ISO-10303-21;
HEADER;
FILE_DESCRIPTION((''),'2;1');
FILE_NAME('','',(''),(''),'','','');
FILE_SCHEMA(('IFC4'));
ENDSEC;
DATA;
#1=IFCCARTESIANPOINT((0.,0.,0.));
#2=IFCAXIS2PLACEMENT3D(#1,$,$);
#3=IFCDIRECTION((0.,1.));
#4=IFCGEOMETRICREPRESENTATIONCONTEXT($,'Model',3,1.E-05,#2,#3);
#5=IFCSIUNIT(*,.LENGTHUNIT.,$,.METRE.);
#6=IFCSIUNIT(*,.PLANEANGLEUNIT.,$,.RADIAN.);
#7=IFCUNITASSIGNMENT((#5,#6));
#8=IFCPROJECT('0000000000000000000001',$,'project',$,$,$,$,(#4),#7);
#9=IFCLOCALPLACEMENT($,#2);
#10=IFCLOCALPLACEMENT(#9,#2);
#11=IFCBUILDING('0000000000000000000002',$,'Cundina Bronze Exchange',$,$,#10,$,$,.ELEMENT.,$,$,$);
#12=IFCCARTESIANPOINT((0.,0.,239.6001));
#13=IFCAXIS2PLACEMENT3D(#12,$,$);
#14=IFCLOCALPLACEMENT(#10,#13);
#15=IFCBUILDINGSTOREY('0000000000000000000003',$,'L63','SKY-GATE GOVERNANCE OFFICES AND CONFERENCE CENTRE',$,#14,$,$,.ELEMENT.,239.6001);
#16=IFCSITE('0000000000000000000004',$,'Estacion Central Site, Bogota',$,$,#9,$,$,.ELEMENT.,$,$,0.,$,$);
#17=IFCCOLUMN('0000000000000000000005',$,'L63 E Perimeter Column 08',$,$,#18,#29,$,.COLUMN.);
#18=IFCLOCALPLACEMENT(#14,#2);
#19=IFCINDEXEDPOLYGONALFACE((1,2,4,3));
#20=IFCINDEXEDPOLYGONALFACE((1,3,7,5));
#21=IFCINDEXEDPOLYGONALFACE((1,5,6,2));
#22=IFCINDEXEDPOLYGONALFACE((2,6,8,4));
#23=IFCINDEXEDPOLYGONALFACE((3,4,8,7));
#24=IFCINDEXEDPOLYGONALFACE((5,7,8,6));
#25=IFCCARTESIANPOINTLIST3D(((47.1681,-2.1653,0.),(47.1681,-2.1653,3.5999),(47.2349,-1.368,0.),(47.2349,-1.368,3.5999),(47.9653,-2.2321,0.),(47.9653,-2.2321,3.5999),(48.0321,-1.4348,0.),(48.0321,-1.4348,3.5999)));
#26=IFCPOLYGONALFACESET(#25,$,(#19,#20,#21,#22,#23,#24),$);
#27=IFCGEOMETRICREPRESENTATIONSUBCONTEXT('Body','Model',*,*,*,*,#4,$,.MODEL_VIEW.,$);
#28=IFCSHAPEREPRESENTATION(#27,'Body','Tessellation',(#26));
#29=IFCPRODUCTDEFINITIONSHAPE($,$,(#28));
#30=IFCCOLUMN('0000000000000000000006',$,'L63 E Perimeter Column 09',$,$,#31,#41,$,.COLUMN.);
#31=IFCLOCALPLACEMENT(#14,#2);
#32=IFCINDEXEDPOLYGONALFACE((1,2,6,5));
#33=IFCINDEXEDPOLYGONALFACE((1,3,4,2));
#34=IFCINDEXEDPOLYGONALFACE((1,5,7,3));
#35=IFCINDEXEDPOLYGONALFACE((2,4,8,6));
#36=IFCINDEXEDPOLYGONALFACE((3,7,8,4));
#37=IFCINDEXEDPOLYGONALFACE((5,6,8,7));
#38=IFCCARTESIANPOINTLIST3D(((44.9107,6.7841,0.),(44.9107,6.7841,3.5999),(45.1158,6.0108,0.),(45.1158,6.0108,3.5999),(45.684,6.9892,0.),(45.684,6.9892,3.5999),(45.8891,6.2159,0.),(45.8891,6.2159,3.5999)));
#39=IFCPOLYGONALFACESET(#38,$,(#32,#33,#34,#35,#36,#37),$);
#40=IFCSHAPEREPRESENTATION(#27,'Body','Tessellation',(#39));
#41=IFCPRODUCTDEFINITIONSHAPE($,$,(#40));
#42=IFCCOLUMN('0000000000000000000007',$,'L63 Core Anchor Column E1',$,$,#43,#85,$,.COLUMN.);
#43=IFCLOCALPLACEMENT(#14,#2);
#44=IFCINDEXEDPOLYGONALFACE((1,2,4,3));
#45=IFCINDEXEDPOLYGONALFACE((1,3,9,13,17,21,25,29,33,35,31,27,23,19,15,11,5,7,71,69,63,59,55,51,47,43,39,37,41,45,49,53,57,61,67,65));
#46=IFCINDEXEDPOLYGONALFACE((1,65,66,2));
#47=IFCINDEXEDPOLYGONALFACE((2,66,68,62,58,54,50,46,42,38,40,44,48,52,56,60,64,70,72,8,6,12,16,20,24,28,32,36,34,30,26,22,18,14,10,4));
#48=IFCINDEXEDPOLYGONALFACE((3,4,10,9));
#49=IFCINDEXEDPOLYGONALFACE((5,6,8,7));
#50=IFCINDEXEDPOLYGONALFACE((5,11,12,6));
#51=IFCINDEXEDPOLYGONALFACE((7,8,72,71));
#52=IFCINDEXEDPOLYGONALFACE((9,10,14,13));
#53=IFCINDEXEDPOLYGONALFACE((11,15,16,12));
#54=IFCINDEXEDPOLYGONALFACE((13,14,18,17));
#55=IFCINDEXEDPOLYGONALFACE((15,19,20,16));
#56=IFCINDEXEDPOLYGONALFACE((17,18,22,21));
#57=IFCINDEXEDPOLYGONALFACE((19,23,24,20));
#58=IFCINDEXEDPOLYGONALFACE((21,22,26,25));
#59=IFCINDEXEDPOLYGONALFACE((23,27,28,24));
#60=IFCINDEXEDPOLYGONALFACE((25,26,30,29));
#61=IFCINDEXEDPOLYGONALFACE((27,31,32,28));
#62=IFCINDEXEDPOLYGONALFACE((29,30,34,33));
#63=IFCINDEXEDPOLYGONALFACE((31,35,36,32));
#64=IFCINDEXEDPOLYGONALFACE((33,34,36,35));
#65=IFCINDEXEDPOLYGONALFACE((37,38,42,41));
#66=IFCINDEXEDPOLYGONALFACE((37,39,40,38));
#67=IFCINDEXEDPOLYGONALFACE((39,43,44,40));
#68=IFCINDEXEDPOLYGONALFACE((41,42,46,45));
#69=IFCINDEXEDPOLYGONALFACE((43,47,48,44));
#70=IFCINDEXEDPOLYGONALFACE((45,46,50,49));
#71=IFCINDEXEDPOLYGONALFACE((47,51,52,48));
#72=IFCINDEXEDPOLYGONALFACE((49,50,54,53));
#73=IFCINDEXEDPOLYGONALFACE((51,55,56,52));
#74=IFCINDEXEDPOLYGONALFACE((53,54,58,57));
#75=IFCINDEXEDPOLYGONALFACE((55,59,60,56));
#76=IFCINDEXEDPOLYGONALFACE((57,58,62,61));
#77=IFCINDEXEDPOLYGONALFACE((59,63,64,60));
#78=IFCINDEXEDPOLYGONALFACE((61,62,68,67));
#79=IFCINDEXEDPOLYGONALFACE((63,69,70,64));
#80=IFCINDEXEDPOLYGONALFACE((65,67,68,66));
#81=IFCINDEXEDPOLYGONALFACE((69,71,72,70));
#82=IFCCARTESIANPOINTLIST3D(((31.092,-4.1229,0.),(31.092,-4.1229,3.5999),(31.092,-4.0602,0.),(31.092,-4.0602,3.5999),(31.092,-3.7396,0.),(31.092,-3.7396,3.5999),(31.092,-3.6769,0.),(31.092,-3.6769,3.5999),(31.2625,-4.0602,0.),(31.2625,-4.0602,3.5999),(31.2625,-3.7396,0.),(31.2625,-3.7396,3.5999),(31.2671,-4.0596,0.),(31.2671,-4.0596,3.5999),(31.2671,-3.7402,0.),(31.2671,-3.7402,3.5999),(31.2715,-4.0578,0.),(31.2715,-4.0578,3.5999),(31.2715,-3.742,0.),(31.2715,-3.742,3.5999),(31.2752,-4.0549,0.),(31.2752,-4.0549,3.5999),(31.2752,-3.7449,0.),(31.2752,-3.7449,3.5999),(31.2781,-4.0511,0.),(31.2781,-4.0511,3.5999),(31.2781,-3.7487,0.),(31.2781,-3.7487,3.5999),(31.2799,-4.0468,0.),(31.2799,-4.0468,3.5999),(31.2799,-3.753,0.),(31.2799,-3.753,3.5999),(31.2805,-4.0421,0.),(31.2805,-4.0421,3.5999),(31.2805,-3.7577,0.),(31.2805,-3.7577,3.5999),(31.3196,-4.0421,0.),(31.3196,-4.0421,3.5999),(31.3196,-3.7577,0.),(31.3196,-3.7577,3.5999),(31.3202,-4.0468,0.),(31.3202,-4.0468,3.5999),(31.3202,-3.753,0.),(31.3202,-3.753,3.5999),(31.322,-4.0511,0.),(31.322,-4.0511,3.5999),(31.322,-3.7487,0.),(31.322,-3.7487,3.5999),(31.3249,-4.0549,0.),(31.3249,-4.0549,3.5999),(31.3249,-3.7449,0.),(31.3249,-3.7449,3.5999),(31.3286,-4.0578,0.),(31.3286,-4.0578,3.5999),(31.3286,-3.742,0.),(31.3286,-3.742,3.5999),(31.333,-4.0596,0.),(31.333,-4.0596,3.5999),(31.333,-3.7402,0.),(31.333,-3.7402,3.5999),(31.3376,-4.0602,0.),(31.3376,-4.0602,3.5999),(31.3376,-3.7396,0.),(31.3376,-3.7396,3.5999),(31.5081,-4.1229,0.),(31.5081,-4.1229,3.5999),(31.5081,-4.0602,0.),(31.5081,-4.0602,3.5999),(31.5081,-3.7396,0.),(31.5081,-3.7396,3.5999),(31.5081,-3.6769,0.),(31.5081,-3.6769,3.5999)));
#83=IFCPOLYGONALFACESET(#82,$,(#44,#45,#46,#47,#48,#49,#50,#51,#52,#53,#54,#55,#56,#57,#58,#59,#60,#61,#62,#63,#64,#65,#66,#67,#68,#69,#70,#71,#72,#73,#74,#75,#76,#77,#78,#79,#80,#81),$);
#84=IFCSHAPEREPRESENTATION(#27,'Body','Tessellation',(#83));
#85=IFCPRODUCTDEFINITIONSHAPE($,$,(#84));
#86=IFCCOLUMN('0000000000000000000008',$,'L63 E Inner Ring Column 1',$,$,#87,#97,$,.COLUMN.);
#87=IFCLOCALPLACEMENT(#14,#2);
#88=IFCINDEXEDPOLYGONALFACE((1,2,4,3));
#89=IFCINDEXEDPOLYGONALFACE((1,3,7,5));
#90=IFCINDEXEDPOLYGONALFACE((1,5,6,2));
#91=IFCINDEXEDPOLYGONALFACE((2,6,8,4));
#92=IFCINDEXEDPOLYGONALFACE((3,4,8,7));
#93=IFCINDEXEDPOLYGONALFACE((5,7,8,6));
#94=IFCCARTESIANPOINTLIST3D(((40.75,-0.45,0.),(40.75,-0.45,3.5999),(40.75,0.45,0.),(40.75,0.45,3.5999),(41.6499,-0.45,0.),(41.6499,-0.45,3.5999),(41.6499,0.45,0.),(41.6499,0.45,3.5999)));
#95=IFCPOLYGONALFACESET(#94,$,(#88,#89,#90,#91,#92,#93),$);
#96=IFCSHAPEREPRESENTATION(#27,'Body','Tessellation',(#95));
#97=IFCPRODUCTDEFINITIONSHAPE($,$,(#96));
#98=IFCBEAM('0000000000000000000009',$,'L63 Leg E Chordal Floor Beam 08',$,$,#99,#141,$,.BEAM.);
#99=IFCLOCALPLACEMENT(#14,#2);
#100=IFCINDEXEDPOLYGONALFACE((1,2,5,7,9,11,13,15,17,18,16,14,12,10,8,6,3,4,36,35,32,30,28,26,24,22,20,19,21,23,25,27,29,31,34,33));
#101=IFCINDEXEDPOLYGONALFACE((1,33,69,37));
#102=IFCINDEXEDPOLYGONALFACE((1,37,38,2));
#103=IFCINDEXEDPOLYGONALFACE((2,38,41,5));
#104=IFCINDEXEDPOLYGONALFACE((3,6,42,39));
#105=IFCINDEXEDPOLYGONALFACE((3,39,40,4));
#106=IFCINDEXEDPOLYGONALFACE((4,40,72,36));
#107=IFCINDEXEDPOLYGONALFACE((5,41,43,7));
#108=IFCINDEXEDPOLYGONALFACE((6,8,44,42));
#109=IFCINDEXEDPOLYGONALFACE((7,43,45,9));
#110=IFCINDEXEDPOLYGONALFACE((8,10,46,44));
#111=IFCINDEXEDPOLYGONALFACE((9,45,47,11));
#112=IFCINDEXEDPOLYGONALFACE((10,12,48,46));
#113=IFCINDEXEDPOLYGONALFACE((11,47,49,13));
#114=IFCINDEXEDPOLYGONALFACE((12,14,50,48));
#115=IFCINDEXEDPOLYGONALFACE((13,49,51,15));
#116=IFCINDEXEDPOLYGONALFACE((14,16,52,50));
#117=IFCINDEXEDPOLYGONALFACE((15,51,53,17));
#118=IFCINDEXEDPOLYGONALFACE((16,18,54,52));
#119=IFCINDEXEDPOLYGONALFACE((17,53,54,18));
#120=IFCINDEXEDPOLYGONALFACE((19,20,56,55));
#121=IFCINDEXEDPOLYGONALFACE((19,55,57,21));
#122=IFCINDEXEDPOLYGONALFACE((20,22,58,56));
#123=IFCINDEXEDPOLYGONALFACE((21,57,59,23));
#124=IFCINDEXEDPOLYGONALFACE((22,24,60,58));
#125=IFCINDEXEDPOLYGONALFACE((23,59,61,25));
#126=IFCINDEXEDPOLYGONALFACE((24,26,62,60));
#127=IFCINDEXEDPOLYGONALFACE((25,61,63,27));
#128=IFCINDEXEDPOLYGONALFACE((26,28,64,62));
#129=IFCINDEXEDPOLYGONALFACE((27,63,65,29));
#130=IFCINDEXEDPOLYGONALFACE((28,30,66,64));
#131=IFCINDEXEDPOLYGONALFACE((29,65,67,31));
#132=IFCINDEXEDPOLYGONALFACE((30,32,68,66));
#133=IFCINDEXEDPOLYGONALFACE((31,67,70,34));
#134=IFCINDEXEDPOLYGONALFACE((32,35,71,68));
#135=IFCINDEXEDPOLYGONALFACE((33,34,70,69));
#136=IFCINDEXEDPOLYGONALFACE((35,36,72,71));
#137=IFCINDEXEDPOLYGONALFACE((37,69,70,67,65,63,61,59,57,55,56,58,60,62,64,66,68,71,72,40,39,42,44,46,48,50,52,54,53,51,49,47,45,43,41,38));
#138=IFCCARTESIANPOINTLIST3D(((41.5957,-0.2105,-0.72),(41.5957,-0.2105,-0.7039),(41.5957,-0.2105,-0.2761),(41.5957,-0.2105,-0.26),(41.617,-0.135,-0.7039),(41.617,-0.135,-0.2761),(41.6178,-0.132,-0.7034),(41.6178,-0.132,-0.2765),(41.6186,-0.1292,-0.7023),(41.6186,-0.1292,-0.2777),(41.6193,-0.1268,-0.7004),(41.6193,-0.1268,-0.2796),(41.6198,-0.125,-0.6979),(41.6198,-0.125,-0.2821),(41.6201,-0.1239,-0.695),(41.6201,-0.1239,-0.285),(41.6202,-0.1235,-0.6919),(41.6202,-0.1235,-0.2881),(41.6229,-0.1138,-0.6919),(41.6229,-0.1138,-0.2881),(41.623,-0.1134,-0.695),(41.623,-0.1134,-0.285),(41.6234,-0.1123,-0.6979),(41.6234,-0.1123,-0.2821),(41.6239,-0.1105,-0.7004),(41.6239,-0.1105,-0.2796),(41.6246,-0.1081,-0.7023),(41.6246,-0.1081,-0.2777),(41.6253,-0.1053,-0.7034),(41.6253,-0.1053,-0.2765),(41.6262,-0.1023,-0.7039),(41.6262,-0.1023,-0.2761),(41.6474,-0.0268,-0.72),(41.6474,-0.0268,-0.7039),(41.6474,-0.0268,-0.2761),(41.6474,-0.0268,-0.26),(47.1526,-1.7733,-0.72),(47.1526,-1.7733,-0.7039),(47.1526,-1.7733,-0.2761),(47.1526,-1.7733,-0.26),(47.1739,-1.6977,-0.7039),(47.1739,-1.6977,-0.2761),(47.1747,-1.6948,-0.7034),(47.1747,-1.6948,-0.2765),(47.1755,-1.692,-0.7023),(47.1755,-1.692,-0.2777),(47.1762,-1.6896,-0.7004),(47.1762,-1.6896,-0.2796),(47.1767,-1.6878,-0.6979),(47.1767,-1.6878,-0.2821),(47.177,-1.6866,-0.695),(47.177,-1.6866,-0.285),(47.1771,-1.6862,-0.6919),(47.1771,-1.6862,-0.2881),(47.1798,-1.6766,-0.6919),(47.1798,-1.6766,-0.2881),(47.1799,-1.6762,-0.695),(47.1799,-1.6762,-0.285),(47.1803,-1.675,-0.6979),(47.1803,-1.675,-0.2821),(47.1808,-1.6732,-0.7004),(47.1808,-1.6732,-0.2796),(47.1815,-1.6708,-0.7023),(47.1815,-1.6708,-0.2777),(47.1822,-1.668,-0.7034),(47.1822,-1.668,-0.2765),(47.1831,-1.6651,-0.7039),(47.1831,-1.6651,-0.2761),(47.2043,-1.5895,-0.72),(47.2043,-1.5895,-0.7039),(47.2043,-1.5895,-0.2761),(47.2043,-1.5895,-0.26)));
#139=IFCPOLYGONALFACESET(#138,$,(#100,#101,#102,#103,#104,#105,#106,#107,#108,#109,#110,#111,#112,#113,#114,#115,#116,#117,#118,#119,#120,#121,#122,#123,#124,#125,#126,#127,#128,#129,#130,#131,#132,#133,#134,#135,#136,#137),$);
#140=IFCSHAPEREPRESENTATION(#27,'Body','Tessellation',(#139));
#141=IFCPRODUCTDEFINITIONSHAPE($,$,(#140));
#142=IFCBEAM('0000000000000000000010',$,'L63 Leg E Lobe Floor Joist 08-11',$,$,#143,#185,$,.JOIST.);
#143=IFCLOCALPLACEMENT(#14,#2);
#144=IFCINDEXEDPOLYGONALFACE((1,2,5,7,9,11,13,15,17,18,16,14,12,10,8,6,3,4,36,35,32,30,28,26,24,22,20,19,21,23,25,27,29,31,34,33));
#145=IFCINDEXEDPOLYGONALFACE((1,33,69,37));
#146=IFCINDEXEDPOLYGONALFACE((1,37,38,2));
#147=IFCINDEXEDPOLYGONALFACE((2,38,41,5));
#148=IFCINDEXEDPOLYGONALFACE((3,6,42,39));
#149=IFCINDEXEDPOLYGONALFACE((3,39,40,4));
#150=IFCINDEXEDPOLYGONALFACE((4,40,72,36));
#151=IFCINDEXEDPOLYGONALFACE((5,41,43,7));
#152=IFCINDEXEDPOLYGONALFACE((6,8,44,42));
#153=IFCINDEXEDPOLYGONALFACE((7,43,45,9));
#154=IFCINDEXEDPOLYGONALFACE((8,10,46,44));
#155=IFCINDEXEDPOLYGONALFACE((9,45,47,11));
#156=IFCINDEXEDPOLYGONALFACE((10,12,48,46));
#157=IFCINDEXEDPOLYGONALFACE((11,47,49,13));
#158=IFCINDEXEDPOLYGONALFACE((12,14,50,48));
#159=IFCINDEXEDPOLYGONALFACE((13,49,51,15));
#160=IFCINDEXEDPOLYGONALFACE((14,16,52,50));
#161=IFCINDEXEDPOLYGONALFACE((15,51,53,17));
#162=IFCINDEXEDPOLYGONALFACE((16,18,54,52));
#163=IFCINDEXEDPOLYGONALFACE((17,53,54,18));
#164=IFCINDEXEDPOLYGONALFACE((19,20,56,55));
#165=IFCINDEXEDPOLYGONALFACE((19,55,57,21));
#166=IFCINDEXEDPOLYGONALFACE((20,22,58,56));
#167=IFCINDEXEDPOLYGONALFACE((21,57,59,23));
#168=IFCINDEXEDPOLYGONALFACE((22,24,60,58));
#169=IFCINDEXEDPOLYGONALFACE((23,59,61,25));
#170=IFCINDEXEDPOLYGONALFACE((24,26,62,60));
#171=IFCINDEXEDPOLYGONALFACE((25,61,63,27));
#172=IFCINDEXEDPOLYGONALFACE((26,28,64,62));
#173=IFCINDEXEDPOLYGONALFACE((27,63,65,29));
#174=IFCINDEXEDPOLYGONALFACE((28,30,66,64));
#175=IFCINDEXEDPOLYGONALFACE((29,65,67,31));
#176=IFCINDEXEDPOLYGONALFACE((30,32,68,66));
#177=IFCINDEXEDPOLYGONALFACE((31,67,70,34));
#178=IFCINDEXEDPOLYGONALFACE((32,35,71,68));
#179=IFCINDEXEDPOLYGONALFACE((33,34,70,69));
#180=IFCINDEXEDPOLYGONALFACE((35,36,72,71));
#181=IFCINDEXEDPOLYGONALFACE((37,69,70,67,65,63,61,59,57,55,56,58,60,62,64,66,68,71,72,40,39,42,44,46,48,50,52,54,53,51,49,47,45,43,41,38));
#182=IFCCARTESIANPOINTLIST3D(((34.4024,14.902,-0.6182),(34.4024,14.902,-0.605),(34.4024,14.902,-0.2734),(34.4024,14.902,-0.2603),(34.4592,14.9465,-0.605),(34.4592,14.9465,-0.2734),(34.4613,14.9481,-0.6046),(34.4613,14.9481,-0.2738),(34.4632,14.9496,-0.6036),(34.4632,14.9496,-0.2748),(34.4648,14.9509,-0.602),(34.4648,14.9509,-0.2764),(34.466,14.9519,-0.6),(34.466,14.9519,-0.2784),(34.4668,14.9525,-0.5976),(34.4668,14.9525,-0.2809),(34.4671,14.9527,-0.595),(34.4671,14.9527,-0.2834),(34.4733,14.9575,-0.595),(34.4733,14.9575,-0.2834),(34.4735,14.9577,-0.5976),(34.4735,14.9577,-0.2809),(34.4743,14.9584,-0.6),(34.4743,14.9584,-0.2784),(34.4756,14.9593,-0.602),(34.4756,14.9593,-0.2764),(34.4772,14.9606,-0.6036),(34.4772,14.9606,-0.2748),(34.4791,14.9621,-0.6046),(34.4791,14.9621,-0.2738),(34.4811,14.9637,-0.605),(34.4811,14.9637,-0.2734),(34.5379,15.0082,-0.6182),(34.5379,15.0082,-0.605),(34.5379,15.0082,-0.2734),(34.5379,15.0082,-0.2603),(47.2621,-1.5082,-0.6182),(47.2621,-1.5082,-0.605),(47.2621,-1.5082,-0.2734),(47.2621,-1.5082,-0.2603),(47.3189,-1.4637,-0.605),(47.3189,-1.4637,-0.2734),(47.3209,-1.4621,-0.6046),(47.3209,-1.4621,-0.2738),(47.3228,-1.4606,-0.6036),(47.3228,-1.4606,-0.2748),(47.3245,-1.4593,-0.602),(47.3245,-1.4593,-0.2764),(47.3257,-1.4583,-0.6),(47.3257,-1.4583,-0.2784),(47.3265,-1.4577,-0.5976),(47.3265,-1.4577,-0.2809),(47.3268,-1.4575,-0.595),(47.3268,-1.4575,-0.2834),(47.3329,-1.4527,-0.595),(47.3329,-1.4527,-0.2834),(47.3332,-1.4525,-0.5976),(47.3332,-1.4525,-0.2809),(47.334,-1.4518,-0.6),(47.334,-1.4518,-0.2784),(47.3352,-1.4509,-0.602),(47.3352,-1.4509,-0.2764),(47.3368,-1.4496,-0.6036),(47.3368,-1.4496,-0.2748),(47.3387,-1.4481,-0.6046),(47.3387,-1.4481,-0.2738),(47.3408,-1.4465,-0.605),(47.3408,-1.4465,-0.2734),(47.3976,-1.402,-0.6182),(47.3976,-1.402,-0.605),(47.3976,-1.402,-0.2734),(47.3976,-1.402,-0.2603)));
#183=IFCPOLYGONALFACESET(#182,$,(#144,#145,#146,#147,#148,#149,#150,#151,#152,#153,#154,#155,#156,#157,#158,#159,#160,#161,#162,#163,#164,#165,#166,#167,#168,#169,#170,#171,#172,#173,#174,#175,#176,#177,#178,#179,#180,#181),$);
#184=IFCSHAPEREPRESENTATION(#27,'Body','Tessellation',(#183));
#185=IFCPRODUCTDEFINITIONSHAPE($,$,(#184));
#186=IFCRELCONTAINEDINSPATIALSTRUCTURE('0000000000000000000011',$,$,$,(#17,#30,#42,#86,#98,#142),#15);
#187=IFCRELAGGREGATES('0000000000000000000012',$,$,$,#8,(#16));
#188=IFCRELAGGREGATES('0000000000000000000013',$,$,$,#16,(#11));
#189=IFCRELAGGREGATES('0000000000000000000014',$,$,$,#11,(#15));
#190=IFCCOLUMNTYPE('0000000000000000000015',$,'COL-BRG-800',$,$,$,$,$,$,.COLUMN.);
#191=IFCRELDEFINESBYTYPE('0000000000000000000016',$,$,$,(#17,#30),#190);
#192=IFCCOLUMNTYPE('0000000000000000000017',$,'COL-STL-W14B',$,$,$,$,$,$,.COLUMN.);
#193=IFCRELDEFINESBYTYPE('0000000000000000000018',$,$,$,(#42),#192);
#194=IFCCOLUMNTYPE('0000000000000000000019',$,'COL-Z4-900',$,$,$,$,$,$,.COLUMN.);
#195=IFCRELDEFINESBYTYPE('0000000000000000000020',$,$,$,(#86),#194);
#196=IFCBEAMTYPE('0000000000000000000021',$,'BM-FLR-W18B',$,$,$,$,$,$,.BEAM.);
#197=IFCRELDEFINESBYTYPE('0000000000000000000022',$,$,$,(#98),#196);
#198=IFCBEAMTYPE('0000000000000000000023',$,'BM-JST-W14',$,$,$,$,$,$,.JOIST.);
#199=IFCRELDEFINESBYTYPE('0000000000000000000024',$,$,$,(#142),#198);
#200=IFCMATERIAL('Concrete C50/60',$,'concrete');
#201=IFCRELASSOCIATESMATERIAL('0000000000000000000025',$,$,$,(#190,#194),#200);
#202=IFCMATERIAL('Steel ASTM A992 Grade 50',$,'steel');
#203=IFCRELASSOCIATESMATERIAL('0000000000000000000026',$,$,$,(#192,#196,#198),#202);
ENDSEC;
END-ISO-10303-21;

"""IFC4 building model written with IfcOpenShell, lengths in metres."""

from ifc_helpers import new_model, si_unit, direction, frame, origin, origin_2d, place, context, subcontext, project, spatial, rectangle, i_section, extrude, material, material_profile, profile_set, type_object, element, save


model = new_model("IFC4")

# Units and contexts
model_context = context("Model", 3, precision=1e-05, world=origin(), true_north=direction((0.0, 1.0)))
body_context = subcontext(model_context, "Body", "Model", "MODEL_VIEW")
ifc_project = project(units=[si_unit("LENGTHUNIT", "METRE"), si_unit("PLANEANGLEUNIT", "RADIAN")], contexts=[model_context])

# Site, building, storey
site_placement = place(None, origin())
site = spatial("IfcSite", under=ifc_project, at=site_placement, Name="Estacion Central Site, Bogota", CompositionType="ELEMENT", RefElevation=0.0)
building_placement = place(site_placement, origin())
building = spatial("IfcBuilding", under=site, at=building_placement, Name="Cundina Bronze Exchange", CompositionType="ELEMENT")
storey_placement = place(building_placement, frame((0.0, 0.0, 239.6001)))
storey = spatial("IfcBuildingStorey", under=building, at=storey_placement, Name="L63", Description="SKY-GATE GOVERNANCE OFFICES AND CONFERENCE CENTRE", CompositionType="ELEMENT", Elevation=239.6001)

# Columns
ifc_material_1 = material(Name="Concrete C50/60", Category="concrete")
ifc_material_profile_1 = material_profile(ifc_material_1, rectangle(XDim=0.8, YDim=0.8, at=origin_2d()), Name="RC800X800", Category="concrete")
ifc_profile_set_1 = profile_set([ifc_material_profile_1], Name="Concrete C50/60")
column_type_1 = type_object("IfcColumnType", Name="COL-BRG-800", PredefinedType="COLUMN", material=ifc_profile_set_1)
for number, where, z_axis, x_axis, name in (
    (1, (47.6001, -1.8, 0.0), (0.0, 0.0, 1.0), (0.083504, 0.996507, 0.0), "L63 E Perimeter Column 08"),
    (2, (45.3999, 6.5, 0.0), (0.0, 0.0, 1.0), (-0.256289, 0.9666, 0.0), "L63 E Perimeter Column 09"),
):
    element("IfcColumn", number, at=place(storey_placement, frame(where, z_axis=z_axis, x_axis=x_axis)), inside=storey, type_object=column_type_1, Name=name, PredefinedType="COLUMN", context=body_context, shape_type="SweptSolid", body=[
        extrude(rectangle(XDim=0.8, YDim=0.8, at=origin_2d()), origin(), (0.0, 0.0, 1.0), 3.5999),
    ])
ifc_material_2 = material(Name="Steel ASTM A992 Grade 50", Category="steel")
ifc_material_profile_2 = material_profile(ifc_material_2, i_section(OverallWidth=0.416, OverallDepth=0.446, WebThickness=0.0391, FlangeThickness=0.0627, FilletRadius=0.0181, at=origin_2d()), Name="W14X342", Category="steel")
ifc_profile_set_2 = profile_set([ifc_material_profile_2], Name="Steel ASTM A992 Grade 50")
column_type_2 = type_object("IfcColumnType", Name="COL-STL-W14B", PredefinedType="COLUMN", material=ifc_profile_set_2)
column_1_placement = place(storey_placement, frame((31.3, -3.8999, 0.0), z_axis=(0.0, 0.0, 1.0), x_axis=(1.0, 0.0, 0.0)))
element("IfcColumn", 3, at=column_1_placement, inside=storey, type_object=column_type_2, Name="L63 Core Anchor Column E1", PredefinedType="COLUMN", context=body_context, shape_type="SweptSolid", body=[
    extrude(i_section(OverallWidth=0.416, OverallDepth=0.446, WebThickness=0.0391, FlangeThickness=0.0627, FilletRadius=0.0181, at=origin_2d()), origin(), (0.0, 0.0, 1.0), 3.5999),
])
ifc_material_profile_3 = material_profile(ifc_material_1, rectangle(XDim=0.8999, YDim=0.8999, at=origin_2d()), Name="RC900X900", Category="concrete")
ifc_profile_set_3 = profile_set([ifc_material_profile_3], Name="Concrete C50/60")
column_type_3 = type_object("IfcColumnType", Name="COL-Z4-900", PredefinedType="COLUMN", material=ifc_profile_set_3)
column_2_placement = place(storey_placement, frame((41.2, 0.0, 0.0), z_axis=(0.0, 0.0, 1.0), x_axis=(1.0, 0.0, 0.0)))
element("IfcColumn", 4, at=column_2_placement, inside=storey, type_object=column_type_3, Name="L63 E Inner Ring Column 1", PredefinedType="COLUMN", context=body_context, shape_type="SweptSolid", body=[
    extrude(rectangle(XDim=0.8999, YDim=0.8999, at=origin_2d()), origin(), (0.0, 0.0, 1.0), 3.5999),
])

# Beams
ifc_material_profile_4 = material_profile(ifc_material_2, i_section(OverallWidth=0.1909, OverallDepth=0.46, WebThickness=0.01, FlangeThickness=0.0161, FilletRadius=0.012, at=origin_2d()), Name="W18X55", Category="steel")
ifc_profile_set_4 = profile_set([ifc_material_profile_4], Name="Steel ASTM A992 Grade 50")
beam_type_1 = type_object("IfcBeamType", Name="BM-FLR-W18B", PredefinedType="BEAM", material=ifc_profile_set_4)
beam_1_placement = place(storey_placement, frame((41.6216, -0.1187, -0.49), z_axis=(0.962657, -0.270725, 0.0), x_axis=(0.270725, 0.962657, 0.0)))
element("IfcBeam", 5, at=beam_1_placement, inside=storey, type_object=beam_type_1, Name="L63 Leg E Chordal Floor Beam 08", PredefinedType="BEAM", context=body_context, shape_type="SweptSolid", body=[
    extrude(i_section(OverallWidth=0.1909, OverallDepth=0.46, WebThickness=0.01, FlangeThickness=0.0161, FilletRadius=0.012, at=origin_2d()), origin(), (0.0, 0.0, 1.0), 5.7725),
])
ifc_material_profile_5 = material_profile(ifc_material_2, i_section(OverallWidth=0.1721, OverallDepth=0.3579, WebThickness=0.0078, FlangeThickness=0.0132, FilletRadius=0.01, at=origin_2d()), Name="W14X38", Category="steel")
ifc_profile_set_5 = profile_set([ifc_material_profile_5], Name="Steel ASTM A992 Grade 50")
beam_type_2 = type_object("IfcBeamType", Name="BM-JST-W14", PredefinedType="JOIST", material=ifc_profile_set_5)
beam_2_placement = place(storey_placement, frame((47.3298, -1.4551, -0.4392), z_axis=(-0.61681, 0.787112, 0.0), x_axis=(-0.787112, -0.61681, 0.0)))
element("IfcBeam", 6, at=beam_2_placement, inside=storey, type_object=beam_type_2, Name="L63 Leg E Lobe Floor Joist 08-11", PredefinedType="JOIST", context=body_context, shape_type="SweptSolid", body=[
    extrude(i_section(OverallWidth=0.1721, OverallDepth=0.3579, WebThickness=0.0078, FlangeThickness=0.0132, FilletRadius=0.01, at=origin_2d()), origin(), (0.0, 0.0, 1.0), 20.8486),
])

save(model, "model.ifc")
